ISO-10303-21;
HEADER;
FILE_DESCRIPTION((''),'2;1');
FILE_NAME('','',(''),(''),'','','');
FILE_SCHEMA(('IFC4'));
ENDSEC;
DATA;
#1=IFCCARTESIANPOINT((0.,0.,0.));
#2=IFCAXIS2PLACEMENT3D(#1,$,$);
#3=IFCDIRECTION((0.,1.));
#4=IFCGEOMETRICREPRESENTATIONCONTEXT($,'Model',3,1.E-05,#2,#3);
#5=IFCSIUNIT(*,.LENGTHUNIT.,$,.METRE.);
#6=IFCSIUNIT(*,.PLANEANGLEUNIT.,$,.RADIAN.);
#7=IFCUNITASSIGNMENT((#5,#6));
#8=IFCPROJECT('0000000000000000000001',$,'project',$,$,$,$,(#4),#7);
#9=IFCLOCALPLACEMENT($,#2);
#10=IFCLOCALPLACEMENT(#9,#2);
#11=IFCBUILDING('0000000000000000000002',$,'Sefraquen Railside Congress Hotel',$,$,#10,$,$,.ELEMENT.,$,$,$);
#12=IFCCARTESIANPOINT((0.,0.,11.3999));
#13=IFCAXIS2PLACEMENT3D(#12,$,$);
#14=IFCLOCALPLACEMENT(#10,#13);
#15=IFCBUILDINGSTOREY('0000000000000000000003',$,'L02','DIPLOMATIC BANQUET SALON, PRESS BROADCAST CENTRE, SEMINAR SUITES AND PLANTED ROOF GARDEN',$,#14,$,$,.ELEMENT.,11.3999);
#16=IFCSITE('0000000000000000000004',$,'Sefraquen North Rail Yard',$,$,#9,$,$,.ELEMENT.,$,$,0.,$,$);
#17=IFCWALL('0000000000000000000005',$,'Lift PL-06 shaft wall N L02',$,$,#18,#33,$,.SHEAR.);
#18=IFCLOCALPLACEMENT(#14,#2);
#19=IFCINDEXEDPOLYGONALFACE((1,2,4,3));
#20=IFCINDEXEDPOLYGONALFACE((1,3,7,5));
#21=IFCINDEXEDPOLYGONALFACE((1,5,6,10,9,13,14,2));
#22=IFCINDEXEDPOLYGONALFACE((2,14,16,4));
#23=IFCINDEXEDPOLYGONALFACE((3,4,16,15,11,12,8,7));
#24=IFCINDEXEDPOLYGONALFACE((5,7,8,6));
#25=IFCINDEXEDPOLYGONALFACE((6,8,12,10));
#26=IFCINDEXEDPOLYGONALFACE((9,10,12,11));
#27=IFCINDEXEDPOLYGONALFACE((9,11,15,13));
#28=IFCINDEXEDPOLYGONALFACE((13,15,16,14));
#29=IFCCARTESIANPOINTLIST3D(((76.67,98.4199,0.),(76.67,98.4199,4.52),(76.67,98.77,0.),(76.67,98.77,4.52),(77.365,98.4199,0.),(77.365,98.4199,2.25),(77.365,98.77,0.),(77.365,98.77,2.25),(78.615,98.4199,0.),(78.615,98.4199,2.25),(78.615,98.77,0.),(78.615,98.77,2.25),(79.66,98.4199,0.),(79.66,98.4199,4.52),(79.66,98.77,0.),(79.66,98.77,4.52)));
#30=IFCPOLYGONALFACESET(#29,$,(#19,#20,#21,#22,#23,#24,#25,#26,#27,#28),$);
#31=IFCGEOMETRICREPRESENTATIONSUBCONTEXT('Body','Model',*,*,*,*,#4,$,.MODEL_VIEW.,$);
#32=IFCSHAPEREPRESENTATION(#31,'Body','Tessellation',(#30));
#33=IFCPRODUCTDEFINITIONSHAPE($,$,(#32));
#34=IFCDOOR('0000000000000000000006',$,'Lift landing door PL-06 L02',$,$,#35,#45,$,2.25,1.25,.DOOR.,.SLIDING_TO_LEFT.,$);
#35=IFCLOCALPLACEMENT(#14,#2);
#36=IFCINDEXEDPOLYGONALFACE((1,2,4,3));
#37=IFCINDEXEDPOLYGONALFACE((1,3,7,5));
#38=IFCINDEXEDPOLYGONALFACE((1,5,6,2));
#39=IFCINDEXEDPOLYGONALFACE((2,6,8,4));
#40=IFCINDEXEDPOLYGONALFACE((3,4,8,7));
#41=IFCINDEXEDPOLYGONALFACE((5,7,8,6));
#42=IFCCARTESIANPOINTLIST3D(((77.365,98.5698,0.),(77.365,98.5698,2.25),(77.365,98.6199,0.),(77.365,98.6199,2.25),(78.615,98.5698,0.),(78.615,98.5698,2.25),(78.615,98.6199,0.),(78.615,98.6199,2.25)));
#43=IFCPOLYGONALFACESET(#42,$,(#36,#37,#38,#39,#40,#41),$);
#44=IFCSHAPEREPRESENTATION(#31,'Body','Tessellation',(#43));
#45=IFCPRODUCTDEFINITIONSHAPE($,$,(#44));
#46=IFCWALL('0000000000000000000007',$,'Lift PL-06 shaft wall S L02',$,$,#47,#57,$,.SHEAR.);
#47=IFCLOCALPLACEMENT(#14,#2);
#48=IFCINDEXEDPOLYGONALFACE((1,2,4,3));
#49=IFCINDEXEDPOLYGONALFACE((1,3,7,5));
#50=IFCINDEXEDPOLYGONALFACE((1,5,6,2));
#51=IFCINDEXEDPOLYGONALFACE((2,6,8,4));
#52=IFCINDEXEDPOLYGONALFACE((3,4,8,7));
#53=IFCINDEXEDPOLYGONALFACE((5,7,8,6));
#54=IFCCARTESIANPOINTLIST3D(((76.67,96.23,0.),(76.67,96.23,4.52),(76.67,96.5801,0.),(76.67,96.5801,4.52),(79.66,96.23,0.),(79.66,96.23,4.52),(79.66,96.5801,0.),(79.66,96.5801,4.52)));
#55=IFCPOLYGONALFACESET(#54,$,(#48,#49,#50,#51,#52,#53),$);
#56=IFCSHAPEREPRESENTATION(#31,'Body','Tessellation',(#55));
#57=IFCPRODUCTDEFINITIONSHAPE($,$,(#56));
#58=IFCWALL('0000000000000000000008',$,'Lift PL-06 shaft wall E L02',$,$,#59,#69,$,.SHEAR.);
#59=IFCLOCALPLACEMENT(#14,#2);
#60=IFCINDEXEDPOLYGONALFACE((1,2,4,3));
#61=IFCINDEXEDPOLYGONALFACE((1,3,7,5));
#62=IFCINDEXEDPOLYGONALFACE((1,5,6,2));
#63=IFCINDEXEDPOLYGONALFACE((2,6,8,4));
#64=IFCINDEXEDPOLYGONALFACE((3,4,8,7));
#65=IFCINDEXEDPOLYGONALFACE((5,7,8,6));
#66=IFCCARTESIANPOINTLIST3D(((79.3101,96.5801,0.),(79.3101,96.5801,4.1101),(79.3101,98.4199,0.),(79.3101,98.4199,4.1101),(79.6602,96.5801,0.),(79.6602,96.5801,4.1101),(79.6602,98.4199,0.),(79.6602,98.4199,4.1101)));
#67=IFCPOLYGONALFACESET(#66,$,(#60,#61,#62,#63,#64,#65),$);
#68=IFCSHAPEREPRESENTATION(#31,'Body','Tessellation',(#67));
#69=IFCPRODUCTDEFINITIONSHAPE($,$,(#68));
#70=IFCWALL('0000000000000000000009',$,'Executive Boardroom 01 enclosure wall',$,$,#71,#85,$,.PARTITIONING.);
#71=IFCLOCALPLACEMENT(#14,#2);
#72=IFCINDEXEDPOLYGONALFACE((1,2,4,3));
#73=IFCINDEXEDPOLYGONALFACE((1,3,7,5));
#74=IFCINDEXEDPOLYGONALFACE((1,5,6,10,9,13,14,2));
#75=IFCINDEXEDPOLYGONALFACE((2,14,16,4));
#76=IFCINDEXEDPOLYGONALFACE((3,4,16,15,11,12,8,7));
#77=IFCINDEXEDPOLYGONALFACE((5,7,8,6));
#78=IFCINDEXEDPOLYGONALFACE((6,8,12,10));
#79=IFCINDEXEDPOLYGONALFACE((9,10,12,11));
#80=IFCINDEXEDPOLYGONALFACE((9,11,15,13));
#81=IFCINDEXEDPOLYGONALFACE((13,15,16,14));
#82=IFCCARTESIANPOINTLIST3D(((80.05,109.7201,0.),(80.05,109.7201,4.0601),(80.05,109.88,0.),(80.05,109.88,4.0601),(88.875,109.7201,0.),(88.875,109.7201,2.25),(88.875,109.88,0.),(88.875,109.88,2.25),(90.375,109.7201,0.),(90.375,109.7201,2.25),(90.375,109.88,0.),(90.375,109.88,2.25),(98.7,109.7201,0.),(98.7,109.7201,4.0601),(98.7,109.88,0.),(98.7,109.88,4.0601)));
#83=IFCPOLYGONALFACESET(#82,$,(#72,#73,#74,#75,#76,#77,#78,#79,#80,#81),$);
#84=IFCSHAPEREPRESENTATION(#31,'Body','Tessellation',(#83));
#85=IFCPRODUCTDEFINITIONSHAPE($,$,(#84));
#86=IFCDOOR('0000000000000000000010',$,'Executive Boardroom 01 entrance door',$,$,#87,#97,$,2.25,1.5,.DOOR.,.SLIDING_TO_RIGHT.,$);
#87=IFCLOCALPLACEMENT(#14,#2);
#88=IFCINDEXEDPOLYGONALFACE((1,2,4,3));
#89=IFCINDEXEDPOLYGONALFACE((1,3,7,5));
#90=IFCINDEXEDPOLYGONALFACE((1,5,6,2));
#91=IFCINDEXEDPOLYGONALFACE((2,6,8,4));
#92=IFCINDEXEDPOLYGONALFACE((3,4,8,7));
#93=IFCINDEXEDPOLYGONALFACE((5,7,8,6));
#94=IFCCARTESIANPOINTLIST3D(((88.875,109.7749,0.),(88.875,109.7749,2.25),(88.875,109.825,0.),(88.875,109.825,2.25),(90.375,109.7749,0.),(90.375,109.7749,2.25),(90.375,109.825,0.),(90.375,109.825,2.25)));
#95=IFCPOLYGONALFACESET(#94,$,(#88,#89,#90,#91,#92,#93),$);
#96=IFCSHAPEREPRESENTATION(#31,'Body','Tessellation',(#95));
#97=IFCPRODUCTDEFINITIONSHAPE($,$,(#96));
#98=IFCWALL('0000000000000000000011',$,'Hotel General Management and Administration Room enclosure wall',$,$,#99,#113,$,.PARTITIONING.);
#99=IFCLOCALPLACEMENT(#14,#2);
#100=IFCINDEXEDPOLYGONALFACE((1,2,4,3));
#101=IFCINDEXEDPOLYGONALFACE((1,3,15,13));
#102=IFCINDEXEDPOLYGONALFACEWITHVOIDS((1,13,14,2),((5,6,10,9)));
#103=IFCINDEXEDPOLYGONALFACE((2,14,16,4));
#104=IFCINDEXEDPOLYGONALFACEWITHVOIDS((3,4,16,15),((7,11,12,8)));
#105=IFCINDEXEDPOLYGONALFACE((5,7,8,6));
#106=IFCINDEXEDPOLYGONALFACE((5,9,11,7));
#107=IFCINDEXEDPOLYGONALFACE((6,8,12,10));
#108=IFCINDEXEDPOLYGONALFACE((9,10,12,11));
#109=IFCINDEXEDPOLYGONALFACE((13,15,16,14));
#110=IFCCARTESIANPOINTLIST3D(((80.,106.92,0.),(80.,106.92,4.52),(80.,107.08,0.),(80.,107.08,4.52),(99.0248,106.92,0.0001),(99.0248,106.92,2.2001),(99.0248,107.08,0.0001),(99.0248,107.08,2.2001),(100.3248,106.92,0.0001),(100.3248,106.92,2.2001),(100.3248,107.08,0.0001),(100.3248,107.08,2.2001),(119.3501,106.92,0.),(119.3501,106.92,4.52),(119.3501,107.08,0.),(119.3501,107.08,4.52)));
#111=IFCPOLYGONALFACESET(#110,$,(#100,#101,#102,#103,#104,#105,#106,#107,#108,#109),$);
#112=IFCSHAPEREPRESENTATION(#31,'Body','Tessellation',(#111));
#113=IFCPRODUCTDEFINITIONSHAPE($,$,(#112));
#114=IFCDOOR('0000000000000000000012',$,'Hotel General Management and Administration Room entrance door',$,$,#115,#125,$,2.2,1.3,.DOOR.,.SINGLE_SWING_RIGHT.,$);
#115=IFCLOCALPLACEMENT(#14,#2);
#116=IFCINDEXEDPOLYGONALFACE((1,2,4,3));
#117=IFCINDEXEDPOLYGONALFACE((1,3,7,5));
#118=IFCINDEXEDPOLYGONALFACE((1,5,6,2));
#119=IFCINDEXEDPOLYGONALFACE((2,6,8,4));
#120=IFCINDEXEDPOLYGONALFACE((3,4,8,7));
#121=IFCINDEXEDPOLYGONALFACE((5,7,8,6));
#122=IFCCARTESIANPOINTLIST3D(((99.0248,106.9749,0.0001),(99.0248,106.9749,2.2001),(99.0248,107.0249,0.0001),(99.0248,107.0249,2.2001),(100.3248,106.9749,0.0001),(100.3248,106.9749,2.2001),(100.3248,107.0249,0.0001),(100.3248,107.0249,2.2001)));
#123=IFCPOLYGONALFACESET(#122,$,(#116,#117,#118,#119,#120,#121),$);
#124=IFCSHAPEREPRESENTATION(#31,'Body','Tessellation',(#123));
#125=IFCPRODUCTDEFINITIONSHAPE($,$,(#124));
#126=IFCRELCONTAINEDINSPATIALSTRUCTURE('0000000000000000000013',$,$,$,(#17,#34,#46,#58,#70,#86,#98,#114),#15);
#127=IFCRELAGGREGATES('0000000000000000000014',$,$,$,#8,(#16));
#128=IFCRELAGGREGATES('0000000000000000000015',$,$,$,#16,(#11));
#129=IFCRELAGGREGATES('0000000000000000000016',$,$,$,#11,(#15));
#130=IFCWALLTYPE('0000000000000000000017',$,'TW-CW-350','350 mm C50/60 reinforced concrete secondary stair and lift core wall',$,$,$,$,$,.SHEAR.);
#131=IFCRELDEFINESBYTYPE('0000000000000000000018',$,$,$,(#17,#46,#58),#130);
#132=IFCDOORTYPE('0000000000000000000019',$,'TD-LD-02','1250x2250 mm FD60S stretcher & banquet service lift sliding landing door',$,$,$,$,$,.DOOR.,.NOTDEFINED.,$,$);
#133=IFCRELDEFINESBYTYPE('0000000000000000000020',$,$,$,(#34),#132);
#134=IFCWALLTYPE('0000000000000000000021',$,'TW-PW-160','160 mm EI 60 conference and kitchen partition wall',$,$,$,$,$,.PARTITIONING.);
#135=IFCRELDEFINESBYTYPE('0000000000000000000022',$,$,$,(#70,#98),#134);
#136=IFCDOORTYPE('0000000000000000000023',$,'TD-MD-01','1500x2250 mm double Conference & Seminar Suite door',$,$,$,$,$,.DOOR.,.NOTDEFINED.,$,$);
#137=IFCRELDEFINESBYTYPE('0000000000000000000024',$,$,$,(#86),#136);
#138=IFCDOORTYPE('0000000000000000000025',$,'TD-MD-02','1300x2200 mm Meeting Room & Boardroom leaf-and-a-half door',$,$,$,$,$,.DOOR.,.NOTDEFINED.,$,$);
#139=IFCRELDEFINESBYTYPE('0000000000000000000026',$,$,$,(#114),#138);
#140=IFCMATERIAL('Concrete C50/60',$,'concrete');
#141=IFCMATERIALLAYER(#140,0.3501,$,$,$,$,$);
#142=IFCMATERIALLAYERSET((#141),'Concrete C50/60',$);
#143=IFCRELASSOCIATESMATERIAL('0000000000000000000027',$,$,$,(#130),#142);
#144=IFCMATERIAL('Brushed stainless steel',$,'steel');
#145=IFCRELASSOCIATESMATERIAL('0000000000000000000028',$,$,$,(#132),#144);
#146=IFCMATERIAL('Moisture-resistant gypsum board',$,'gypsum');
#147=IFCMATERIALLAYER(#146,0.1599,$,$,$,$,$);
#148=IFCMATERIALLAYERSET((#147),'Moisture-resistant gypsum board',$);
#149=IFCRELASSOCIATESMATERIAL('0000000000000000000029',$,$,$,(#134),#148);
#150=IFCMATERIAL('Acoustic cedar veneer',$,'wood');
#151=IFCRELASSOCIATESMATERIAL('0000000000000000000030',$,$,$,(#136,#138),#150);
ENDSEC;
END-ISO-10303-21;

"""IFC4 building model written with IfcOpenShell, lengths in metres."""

from ifc_helpers import new_model, si_unit, direction, frame, frame_2d, origin, place, context, subcontext, project, spatial, rectangle, extrude, material, layer, layer_set, type_object, element, fill, save


model = new_model("IFC4")

# Units and contexts
model_context = context("Model", 3, precision=1e-05, world=origin(), true_north=direction((0.0, 1.0)))
body_context = subcontext(model_context, "Body", "Model", "MODEL_VIEW")
ifc_project = project(units=[si_unit("LENGTHUNIT", "METRE"), si_unit("PLANEANGLEUNIT", "RADIAN")], contexts=[model_context])

# Site, building, storey
site_placement = place(None, origin())
site = spatial("IfcSite", under=ifc_project, at=site_placement, Name="Sefraquen North Rail Yard", CompositionType="ELEMENT", RefElevation=0.0)
building_placement = place(site_placement, origin())
building = spatial("IfcBuilding", under=site, at=building_placement, Name="Sefraquen Railside Congress Hotel", CompositionType="ELEMENT")
storey_placement = place(building_placement, frame((0.0, 0.0, 11.3999)))
storey = spatial("IfcBuildingStorey", under=building, at=storey_placement, Name="L02", Description="DIPLOMATIC BANQUET SALON, PRESS BROADCAST CENTRE, SEMINAR SUITES AND PLANTED ROOF GARDEN", CompositionType="ELEMENT", Elevation=11.3999)

# Wall, opening, door
ifc_material_1 = material(Name="Concrete C50/60", Category="concrete")
ifc_layer_1 = layer(ifc_material_1, 0.3501)
ifc_layer_set_1 = layer_set([ifc_layer_1], Name="Concrete C50/60")
wall_type_1 = type_object("IfcWallType", Name="TW-CW-350", Description="350 mm C50/60 reinforced concrete secondary stair and lift core wall", PredefinedType="SHEAR", material=ifc_layer_set_1)
wall_1_placement = place(storey_placement, frame((76.6699, 98.595, 0.0), z_axis=(0.0, 0.0, 1.0), x_axis=(1.0, 0.0, 0.0)))
wall_1 = element("IfcWall", 1, at=wall_1_placement, inside=storey, type_object=wall_type_1, Name="Lift PL-06 shaft wall N L02", PredefinedType="SHEAR", context=body_context, shape_type="SweptSolid", body=[
    extrude(rectangle(XDim=2.99, YDim=0.3501, at=frame_2d((1.4951, 0.0))), origin(), (0.0, 0.0, 1.0), 4.52),
])
opening_1_placement = place(wall_1_placement, frame((0.6951, 0.0, 0.0)))
opening_1 = element("IfcOpeningElement", 2, at=opening_1_placement, cuts=wall_1, PredefinedType="OPENING", context=body_context, shape_type="SweptSolid", body=[
    extrude(rectangle(XDim=1.25, YDim=2.25, at=frame_2d((0.625, 1.125))), frame((0.0, 0.1851, 0.0), z_axis=(0.0, -1.0, 0.0), x_axis=(1.0, 0.0, 0.0)), (0.0, 0.0, 1.0), 0.3701),
])
ifc_material_2 = material(Name="Brushed stainless steel", Category="steel")
door_type_1 = type_object("IfcDoorType", Name="TD-LD-02", Description="1250x2250 mm FD60S stretcher & banquet service lift sliding landing door", OperationType="NOTDEFINED", PredefinedType="DOOR", material=ifc_material_2)
door_1_placement = place(opening_1_placement, origin())
door_1 = element("IfcDoor", 3, at=door_1_placement, inside=storey, type_object=door_type_1, Name="Lift landing door PL-06 L02", OperationType="SLIDING_TO_LEFT", OverallHeight=2.25, OverallWidth=1.25, PredefinedType="DOOR", context=body_context, shape_type="SweptSolid", body=[
    extrude(rectangle(XDim=1.25, YDim=2.25, at=frame_2d((0.625, 1.125))), frame((0.0, 0.0249, 0.0), z_axis=(0.0, -1.0, 0.0), x_axis=(1.0, 0.0, 0.0)), (0.0, 0.0, 1.0), 0.05),
])
fill(opening_1, door_1)

# Walls
wall_2_placement = place(storey_placement, frame((76.6699, 96.405, 0.0), z_axis=(0.0, 0.0, 1.0), x_axis=(1.0, 0.0, 0.0)))
element("IfcWall", 4, at=wall_2_placement, inside=storey, type_object=wall_type_1, Name="Lift PL-06 shaft wall S L02", PredefinedType="SHEAR", context=body_context, shape_type="SweptSolid", body=[
    extrude(rectangle(XDim=2.99, YDim=0.3501, at=frame_2d((1.4951, 0.0))), origin(), (0.0, 0.0, 1.0), 4.52),
])
wall_3_placement = place(storey_placement, frame((79.4851, 96.5801, 0.0), z_axis=(0.0, 0.0, 1.0), x_axis=(0.0, 1.0, 0.0)))
element("IfcWall", 5, at=wall_3_placement, inside=storey, type_object=wall_type_1, Name="Lift PL-06 shaft wall E L02", PredefinedType="SHEAR", context=body_context, shape_type="SweptSolid", body=[
    extrude(rectangle(XDim=1.8398, YDim=0.3501, at=frame_2d((0.9199, 0.0))), origin(), (0.0, 0.0, 1.0), 4.1101),
])

# Walls, openings, doors
ifc_material_3 = material(Name="Moisture-resistant gypsum board", Category="gypsum")
ifc_layer_2 = layer(ifc_material_3, 0.1599)
ifc_layer_set_2 = layer_set([ifc_layer_2], Name="Moisture-resistant gypsum board")
wall_type_2 = type_object("IfcWallType", Name="TW-PW-160", Description="160 mm EI 60 conference and kitchen partition wall", PredefinedType="PARTITIONING", material=ifc_layer_set_2)
wall_4_placement = place(storey_placement, frame((80.05, 109.8, 0.0), z_axis=(0.0, 0.0, 1.0), x_axis=(1.0, 0.0, 0.0)))
wall_4 = element("IfcWall", 6, at=wall_4_placement, inside=storey, type_object=wall_type_2, Name="Executive Boardroom 01 enclosure wall", PredefinedType="PARTITIONING", context=body_context, shape_type="SweptSolid", body=[
    extrude(rectangle(XDim=18.6499, YDim=0.1599, at=frame_2d((9.325, 0.0))), origin(), (0.0, 0.0, 1.0), 4.0601),
])
opening_2_placement = place(wall_4_placement, frame((8.825, 0.0, 0.0)))
opening_2 = element("IfcOpeningElement", 7, at=opening_2_placement, cuts=wall_4, PredefinedType="OPENING", context=body_context, shape_type="SweptSolid", body=[
    extrude(rectangle(XDim=1.5, YDim=2.25, at=frame_2d((0.75, 1.125))), frame((0.0, 0.0898, 0.0), z_axis=(0.0, -1.0, 0.0), x_axis=(1.0, 0.0, 0.0)), (0.0, 0.0, 1.0), 0.1799),
])
ifc_material_4 = material(Name="Acoustic cedar veneer", Category="wood")
door_type_2 = type_object("IfcDoorType", Name="TD-MD-01", Description="1500x2250 mm double Conference & Seminar Suite door", OperationType="NOTDEFINED", PredefinedType="DOOR", material=ifc_material_4)
door_2_placement = place(opening_2_placement, origin())
door_2 = element("IfcDoor", 8, at=door_2_placement, inside=storey, type_object=door_type_2, Name="Executive Boardroom 01 entrance door", OperationType="SLIDING_TO_RIGHT", OverallHeight=2.25, OverallWidth=1.5, PredefinedType="DOOR", context=body_context, shape_type="SweptSolid", body=[
    extrude(rectangle(XDim=1.5, YDim=2.25, at=frame_2d((0.75, 1.125))), frame((0.0, 0.0249, 0.0), z_axis=(0.0, -1.0, 0.0), x_axis=(1.0, 0.0, 0.0)), (0.0, 0.0, 1.0), 0.05),
])
fill(opening_2, door_2)
wall_5_placement = place(storey_placement, frame((80.0, 107.0, 0.0), z_axis=(0.0, 0.0, 1.0), x_axis=(1.0, 0.0, 0.0)))
wall_5 = element("IfcWall", 9, at=wall_5_placement, inside=storey, type_object=wall_type_2, Name="Hotel General Management and Administration Room enclosure wall", PredefinedType="PARTITIONING", context=body_context, shape_type="SweptSolid", body=[
    extrude(rectangle(XDim=39.3501, YDim=0.1599, at=frame_2d((19.675, 0.0))), origin(), (0.0, 0.0, 1.0), 4.52),
])
opening_3_placement = place(wall_5_placement, frame((19.0249, 0.0, 0.0)))
opening_3 = element("IfcOpeningElement", 10, at=opening_3_placement, cuts=wall_5, PredefinedType="OPENING", context=body_context, shape_type="SweptSolid", body=[
    extrude(rectangle(XDim=1.3, YDim=2.2, at=frame_2d((0.6499, 1.1001))), frame((0.0, 0.0898, 0.0), z_axis=(0.0, -1.0, 0.0), x_axis=(1.0, 0.0, 0.0)), (0.0, 0.0, 1.0), 0.1799),
])
door_type_3 = type_object("IfcDoorType", Name="TD-MD-02", Description="1300x2200 mm Meeting Room & Boardroom leaf-and-a-half door", OperationType="NOTDEFINED", PredefinedType="DOOR", material=ifc_material_4)
door_3_placement = place(opening_3_placement, origin())
door_3 = element("IfcDoor", 11, at=door_3_placement, inside=storey, type_object=door_type_3, Name="Hotel General Management and Administration Room entrance door", OperationType="SINGLE_SWING_RIGHT", OverallHeight=2.2, OverallWidth=1.3, PredefinedType="DOOR", context=body_context, shape_type="SweptSolid", body=[
    extrude(rectangle(XDim=1.3, YDim=2.2, at=frame_2d((0.6499, 1.1001))), frame((0.0, 0.0249, 0.0), z_axis=(0.0, -1.0, 0.0), x_axis=(1.0, 0.0, 0.0)), (0.0, 0.0, 1.0), 0.05),
])
fill(opening_3, door_3)

save(model, "model.ifc")
